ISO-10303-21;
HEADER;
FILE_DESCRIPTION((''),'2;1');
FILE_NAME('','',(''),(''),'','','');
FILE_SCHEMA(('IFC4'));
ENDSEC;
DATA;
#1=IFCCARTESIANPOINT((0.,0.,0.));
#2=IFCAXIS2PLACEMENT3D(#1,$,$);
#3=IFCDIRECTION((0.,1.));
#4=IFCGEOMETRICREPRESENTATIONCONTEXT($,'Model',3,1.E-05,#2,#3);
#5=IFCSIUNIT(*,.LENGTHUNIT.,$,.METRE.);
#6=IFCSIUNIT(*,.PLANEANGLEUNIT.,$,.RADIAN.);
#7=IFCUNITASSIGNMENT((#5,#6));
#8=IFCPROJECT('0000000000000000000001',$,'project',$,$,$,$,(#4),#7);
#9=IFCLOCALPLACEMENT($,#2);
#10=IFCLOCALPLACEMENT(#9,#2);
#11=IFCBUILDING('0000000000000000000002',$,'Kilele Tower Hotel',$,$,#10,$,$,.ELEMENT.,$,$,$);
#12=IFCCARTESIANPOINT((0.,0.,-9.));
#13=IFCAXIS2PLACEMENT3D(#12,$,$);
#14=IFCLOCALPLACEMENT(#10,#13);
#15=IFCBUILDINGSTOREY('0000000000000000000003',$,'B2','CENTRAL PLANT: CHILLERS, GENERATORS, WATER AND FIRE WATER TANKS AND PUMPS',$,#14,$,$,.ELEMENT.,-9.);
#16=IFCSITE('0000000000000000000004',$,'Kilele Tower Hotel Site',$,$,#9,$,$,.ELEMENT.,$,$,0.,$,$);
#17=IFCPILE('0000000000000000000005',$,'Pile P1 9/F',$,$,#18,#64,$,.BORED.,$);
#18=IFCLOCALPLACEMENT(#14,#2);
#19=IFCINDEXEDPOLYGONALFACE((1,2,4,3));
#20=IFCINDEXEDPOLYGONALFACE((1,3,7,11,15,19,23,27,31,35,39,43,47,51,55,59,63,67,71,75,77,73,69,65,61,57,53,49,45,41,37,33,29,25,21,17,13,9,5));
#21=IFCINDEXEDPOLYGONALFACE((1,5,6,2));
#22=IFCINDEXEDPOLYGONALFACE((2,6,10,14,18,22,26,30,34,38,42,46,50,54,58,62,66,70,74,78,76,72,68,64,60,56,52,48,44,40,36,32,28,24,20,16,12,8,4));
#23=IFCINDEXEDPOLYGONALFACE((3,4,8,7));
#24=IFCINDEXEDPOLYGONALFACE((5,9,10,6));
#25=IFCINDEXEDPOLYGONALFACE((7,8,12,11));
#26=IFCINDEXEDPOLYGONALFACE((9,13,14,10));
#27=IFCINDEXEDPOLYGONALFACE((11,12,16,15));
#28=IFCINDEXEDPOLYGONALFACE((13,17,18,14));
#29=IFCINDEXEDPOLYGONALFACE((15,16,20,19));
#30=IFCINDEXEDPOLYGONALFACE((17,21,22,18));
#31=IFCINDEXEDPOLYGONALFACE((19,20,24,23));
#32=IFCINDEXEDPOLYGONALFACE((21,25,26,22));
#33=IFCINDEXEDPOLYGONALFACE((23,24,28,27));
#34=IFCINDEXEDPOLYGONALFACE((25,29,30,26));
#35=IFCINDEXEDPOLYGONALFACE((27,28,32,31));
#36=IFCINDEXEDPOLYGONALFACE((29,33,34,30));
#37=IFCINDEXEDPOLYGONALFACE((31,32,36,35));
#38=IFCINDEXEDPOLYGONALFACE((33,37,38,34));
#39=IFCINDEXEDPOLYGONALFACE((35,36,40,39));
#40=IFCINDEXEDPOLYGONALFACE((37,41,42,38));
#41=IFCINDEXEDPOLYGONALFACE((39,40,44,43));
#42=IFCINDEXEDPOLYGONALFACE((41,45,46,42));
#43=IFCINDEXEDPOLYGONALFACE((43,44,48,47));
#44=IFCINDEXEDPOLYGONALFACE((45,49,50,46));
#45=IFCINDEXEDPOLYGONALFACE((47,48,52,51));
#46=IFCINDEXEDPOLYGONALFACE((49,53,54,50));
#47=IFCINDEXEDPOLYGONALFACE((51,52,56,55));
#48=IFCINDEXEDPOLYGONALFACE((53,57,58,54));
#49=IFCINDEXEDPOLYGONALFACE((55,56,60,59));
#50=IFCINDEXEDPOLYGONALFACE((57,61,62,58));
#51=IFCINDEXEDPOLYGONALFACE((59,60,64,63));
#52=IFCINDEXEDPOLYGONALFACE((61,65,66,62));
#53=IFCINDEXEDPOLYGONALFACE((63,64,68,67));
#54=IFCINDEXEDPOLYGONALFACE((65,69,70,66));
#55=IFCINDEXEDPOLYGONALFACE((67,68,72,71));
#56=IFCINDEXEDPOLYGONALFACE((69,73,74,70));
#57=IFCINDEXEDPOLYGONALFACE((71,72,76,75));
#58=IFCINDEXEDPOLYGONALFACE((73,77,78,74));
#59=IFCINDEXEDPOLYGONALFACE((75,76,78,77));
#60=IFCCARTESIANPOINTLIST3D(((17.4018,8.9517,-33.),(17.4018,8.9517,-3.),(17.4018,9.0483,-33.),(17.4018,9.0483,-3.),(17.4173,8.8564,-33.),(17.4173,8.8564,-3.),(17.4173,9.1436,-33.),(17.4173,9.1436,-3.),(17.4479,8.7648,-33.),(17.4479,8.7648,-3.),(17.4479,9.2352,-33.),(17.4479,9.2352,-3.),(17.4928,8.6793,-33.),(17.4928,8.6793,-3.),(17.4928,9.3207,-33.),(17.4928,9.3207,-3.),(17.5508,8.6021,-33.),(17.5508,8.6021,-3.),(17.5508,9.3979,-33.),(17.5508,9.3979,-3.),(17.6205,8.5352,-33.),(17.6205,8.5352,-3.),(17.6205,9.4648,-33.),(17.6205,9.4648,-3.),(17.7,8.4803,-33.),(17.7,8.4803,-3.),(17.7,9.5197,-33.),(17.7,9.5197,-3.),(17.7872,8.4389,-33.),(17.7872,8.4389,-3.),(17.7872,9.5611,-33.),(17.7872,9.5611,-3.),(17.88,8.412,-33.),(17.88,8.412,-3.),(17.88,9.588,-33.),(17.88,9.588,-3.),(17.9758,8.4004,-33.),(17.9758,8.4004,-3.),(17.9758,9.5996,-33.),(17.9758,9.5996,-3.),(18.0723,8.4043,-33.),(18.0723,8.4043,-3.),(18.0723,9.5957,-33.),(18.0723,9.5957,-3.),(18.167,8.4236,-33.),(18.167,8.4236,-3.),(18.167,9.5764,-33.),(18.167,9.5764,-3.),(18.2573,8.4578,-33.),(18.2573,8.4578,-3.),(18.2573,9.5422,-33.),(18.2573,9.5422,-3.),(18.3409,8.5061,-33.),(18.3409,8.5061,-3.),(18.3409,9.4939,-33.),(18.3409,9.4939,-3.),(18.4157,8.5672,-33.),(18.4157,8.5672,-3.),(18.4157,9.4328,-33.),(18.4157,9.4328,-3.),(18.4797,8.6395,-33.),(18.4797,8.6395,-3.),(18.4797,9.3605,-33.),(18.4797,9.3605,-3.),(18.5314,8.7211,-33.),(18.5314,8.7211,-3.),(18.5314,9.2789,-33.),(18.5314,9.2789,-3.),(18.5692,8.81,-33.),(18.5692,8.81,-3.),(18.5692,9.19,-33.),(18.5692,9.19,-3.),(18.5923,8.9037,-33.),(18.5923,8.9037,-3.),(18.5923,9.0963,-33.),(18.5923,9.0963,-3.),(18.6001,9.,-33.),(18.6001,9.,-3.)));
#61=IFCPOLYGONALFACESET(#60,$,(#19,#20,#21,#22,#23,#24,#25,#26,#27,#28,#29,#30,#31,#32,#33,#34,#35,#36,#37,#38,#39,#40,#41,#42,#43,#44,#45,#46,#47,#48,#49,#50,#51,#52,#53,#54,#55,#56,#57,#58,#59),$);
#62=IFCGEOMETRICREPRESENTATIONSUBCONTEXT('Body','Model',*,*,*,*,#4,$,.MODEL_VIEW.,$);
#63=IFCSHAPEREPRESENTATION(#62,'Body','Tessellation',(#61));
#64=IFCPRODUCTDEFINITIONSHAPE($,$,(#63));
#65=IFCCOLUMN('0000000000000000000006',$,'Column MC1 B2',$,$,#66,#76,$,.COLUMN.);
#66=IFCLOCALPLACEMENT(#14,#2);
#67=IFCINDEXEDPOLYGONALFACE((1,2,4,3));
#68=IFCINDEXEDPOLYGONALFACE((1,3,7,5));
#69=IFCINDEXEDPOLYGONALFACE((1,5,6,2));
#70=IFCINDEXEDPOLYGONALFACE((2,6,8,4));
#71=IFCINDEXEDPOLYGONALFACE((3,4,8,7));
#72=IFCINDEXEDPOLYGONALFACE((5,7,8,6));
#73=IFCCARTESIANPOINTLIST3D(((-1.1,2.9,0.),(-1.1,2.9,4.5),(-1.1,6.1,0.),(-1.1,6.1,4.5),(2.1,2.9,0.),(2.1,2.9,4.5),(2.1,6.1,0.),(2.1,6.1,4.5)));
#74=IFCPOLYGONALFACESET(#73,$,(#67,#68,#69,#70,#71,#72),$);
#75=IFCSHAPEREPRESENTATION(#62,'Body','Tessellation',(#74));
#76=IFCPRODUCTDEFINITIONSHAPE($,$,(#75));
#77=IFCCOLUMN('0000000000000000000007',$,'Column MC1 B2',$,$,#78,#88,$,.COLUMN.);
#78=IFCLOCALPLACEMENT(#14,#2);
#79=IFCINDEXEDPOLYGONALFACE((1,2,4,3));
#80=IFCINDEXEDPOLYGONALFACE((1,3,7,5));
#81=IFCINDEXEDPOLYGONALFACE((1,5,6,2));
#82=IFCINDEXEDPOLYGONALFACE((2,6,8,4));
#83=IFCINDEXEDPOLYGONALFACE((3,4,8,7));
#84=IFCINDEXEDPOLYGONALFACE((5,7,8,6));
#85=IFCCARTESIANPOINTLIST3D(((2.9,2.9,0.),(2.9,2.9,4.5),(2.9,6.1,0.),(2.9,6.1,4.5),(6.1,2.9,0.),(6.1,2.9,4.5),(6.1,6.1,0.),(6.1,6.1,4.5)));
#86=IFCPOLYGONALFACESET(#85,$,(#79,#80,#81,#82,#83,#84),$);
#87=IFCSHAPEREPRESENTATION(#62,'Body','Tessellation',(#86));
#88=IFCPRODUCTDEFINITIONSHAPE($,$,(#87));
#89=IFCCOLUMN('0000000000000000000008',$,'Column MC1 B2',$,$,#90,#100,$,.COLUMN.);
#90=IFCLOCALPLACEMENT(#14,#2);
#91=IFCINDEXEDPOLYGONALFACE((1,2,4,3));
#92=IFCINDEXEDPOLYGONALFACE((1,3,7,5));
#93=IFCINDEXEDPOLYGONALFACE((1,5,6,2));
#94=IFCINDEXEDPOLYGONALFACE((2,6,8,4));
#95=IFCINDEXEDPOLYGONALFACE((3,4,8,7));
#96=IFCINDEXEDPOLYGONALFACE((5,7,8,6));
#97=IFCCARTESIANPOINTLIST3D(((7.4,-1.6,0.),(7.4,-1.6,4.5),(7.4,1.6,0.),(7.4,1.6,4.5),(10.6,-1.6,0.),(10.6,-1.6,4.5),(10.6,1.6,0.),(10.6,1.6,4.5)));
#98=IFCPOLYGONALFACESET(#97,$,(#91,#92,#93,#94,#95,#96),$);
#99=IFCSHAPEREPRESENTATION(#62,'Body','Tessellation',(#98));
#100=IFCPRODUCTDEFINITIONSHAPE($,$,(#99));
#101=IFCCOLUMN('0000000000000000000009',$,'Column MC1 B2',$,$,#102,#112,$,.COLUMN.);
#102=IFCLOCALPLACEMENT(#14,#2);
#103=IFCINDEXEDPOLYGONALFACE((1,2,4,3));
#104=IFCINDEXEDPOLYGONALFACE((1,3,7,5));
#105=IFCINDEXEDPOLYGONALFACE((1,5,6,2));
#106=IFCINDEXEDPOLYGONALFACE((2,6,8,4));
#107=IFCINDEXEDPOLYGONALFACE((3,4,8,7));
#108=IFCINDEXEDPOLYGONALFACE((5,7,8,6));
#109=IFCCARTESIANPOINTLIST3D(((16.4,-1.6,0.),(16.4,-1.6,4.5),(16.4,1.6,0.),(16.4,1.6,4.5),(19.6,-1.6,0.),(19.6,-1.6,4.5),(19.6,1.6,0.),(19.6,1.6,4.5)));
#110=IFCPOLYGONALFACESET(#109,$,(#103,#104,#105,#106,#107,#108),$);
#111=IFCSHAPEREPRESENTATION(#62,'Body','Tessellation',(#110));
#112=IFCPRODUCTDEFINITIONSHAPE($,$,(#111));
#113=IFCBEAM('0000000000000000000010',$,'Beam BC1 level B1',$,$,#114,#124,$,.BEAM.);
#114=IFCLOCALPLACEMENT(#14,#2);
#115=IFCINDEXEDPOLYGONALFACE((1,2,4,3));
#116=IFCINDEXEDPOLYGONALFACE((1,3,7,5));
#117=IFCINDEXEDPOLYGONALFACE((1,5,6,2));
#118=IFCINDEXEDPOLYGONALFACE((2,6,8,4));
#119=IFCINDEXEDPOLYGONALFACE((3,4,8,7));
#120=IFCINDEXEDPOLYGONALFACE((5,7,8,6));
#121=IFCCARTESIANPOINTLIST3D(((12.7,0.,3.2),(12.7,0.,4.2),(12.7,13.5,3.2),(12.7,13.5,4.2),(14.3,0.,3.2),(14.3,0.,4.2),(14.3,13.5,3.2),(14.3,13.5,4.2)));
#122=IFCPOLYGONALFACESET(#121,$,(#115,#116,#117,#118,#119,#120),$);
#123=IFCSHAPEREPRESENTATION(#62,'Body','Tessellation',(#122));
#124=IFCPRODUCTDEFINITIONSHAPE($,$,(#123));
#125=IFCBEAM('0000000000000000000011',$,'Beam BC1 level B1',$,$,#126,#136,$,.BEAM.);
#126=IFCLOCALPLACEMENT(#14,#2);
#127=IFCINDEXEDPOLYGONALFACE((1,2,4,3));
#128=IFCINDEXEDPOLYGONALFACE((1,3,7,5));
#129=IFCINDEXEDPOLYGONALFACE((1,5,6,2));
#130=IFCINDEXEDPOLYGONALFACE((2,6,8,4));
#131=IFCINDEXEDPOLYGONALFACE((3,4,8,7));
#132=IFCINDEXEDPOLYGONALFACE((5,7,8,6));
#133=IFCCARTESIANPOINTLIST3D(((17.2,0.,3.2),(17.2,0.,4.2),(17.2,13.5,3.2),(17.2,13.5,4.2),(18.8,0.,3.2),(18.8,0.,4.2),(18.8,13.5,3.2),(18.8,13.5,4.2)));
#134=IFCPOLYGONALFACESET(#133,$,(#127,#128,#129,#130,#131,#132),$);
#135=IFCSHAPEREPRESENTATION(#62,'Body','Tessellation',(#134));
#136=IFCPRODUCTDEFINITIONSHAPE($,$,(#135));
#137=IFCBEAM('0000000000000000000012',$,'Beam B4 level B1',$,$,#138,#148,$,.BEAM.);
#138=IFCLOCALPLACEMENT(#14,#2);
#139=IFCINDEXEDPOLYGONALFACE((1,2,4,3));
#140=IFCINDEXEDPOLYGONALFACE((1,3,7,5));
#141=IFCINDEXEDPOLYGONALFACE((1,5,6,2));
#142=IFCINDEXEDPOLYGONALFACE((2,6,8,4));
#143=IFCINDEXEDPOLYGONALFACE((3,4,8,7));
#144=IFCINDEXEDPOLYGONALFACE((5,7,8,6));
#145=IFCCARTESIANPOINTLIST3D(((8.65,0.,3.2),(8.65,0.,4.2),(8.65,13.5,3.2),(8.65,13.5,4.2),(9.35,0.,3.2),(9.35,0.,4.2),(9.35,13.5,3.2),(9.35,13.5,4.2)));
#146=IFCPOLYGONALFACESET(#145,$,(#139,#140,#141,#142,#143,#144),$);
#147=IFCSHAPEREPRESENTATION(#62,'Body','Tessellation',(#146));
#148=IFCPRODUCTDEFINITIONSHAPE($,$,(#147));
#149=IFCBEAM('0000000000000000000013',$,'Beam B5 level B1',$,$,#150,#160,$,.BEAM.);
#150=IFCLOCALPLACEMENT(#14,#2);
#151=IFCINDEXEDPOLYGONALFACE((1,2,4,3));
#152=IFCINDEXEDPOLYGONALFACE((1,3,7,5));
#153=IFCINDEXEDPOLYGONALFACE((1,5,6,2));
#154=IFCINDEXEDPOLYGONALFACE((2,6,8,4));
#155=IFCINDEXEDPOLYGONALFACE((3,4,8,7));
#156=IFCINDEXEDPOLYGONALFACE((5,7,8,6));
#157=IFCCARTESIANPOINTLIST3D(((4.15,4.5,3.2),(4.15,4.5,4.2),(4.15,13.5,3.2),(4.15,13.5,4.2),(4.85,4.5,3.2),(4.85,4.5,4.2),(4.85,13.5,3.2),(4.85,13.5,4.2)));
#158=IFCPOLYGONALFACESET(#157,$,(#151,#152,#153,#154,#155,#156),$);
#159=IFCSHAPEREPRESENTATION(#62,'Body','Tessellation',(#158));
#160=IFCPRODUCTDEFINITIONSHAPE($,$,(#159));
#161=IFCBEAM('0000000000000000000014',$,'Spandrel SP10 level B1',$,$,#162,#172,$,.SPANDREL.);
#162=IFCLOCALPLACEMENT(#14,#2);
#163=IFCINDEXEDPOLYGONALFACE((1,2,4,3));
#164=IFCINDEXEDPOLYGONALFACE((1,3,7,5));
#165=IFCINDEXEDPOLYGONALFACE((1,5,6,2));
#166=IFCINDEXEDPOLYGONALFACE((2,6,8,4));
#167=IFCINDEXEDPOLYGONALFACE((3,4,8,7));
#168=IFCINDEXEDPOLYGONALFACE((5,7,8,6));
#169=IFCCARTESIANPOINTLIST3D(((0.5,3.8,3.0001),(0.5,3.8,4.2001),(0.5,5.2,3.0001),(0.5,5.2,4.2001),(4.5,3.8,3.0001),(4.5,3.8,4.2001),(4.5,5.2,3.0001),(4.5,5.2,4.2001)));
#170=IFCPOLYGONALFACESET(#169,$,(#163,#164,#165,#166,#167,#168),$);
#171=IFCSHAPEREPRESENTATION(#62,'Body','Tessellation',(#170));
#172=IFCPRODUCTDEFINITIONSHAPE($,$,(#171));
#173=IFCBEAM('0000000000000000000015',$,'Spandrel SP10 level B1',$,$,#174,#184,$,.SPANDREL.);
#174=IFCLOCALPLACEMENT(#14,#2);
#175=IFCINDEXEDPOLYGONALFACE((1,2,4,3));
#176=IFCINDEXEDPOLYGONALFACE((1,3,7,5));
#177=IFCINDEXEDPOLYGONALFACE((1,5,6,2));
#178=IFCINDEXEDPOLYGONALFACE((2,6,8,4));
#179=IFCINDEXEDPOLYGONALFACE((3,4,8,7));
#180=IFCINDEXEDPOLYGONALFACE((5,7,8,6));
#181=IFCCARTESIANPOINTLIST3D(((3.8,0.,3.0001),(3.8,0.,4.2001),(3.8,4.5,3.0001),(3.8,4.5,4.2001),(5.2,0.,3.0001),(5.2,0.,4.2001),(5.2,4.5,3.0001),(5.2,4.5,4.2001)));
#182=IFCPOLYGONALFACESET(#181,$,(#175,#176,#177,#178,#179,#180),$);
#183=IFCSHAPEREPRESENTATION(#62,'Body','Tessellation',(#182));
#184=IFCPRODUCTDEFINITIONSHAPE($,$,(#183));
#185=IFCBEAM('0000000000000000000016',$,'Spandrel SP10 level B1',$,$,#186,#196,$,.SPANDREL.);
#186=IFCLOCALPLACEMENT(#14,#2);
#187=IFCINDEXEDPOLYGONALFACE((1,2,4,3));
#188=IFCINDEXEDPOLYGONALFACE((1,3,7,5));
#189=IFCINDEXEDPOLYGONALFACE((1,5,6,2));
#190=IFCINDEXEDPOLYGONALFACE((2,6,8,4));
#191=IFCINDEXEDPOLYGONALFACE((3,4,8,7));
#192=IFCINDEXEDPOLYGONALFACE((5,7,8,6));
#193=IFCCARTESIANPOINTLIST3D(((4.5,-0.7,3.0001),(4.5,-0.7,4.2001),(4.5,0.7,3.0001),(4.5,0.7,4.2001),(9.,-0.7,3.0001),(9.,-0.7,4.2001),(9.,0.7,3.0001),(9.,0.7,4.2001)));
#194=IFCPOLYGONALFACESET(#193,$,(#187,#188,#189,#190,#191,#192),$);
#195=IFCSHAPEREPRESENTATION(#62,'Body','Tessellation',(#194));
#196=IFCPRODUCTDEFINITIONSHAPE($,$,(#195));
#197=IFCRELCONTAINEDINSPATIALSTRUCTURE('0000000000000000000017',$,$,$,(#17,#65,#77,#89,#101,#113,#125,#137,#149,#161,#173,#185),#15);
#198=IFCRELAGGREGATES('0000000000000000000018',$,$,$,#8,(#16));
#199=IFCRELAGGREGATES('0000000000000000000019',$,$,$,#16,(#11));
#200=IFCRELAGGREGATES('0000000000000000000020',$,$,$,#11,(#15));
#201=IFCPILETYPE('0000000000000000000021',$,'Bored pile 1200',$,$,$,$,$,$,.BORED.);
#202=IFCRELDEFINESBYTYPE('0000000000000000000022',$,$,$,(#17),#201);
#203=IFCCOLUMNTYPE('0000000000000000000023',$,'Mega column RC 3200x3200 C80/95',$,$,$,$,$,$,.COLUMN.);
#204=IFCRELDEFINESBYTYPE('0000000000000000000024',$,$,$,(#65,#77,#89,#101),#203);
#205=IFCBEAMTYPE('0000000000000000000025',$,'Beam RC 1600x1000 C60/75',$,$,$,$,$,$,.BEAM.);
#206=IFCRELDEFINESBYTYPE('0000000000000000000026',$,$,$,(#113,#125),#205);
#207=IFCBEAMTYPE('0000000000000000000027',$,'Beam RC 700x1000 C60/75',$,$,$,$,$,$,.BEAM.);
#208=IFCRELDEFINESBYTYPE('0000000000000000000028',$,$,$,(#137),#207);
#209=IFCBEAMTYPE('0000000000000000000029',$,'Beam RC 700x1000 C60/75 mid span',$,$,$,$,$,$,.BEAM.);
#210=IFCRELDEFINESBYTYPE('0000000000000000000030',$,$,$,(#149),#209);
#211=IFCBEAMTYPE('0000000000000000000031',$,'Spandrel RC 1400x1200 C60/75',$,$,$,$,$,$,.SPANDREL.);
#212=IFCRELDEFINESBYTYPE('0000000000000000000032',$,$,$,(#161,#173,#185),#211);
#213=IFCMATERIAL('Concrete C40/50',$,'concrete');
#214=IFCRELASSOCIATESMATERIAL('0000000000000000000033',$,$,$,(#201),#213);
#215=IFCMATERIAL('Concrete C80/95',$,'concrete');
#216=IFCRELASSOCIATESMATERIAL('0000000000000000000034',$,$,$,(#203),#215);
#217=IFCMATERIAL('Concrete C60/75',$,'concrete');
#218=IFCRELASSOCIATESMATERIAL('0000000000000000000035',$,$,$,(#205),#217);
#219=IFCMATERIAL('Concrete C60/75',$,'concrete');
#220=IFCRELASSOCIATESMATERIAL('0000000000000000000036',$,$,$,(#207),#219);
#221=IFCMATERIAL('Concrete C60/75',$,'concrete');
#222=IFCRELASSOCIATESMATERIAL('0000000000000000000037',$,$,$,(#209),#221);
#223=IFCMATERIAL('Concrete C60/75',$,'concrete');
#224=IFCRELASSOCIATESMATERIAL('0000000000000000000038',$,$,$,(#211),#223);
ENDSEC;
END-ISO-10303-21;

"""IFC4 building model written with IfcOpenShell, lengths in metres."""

from ifc_helpers import new_model, si_unit, direction, frame, origin, origin_2d, place, context, subcontext, project, spatial, rectangle, circle, extrude, material, material_profile, profile_set, type_object, element, save


model = new_model("IFC4")

# Units and contexts
model_context = context("Model", 3, precision=1e-05, world=origin(), true_north=direction((0.0, 1.0)))
body_context = subcontext(model_context, "Body", "Model", "MODEL_VIEW")
ifc_project = project(units=[si_unit("LENGTHUNIT", "METRE"), si_unit("PLANEANGLEUNIT", "RADIAN")], contexts=[model_context])

# Site, building, storey
site_placement = place(None, origin())
site = spatial("IfcSite", under=ifc_project, at=site_placement, Name="Kilele Tower Hotel Site", CompositionType="ELEMENT", RefElevation=0.0)
building_placement = place(site_placement, origin())
building = spatial("IfcBuilding", under=site, at=building_placement, Name="Kilele Tower Hotel", CompositionType="ELEMENT")
storey_placement = place(building_placement, frame((0.0, 0.0, -9.0)))
storey = spatial("IfcBuildingStorey", under=building, at=storey_placement, Name="B2", Description="CENTRAL PLANT: CHILLERS, GENERATORS, WATER AND FIRE WATER TANKS AND PUMPS", CompositionType="ELEMENT", Elevation=-9.0)

# Pile
ifc_material_1 = material(Name="Concrete C40/50", Category="concrete")
ifc_material_profile_1 = material_profile(ifc_material_1, circle(Radius=0.6001, at=origin_2d()))
ifc_profile_set_1 = profile_set([ifc_material_profile_1], Name="Concrete C40/50")
pile_type = type_object("IfcPileType", Name="Bored pile 1200", PredefinedType="BORED", material=ifc_profile_set_1)
for number, where, z_axis, x_axis, name in (
    (1, (18.0, 9.0, -3.0), (0.0, 0.0, -1.0), (1.0, 0.0, 0.0), "Pile P1 9/F"),
):
    element("IfcPile", number, at=place(storey_placement, frame(where, z_axis=z_axis, x_axis=x_axis)), inside=storey, type_object=pile_type, Name=name, PredefinedType="BORED", context=body_context, shape_type="SweptSolid", body=[
        extrude(circle(Radius=0.6001, at=origin_2d()), origin(), (0.0, 0.0, 1.0), 30.0),
    ])

# Columns
ifc_material_2 = material(Name="Concrete C80/95", Category="concrete")
ifc_material_profile_2 = material_profile(ifc_material_2, rectangle(XDim=3.2, YDim=3.2, at=origin_2d()))
ifc_profile_set_2 = profile_set([ifc_material_profile_2], Name="Concrete C80/95")
column_type = type_object("IfcColumnType", Name="Mega column RC 3200x3200 C80/95", PredefinedType="COLUMN", material=ifc_profile_set_2)
for number, where, z_axis, x_axis, name in (
    (2, (0.5, 4.5, 0.0), (0.0, 0.0, 1.0), (1.0, 0.0, 0.0), "Column MC1 B2"),
    (3, (4.5, 4.5, 0.0), (0.0, 0.0, 1.0), (1.0, 0.0, 0.0), "Column MC1 B2"),
    (4, (9.0, 0.0, 0.0), (0.0, 0.0, 1.0), (1.0, 0.0, 0.0), "Column MC1 B2"),
    (5, (18.0, 0.0, 0.0), (0.0, 0.0, 1.0), (1.0, 0.0, 0.0), "Column MC1 B2"),
):
    element("IfcColumn", number, at=place(storey_placement, frame(where, z_axis=z_axis, x_axis=x_axis)), inside=storey, type_object=column_type, Name=name, PredefinedType="COLUMN", context=body_context, shape_type="SweptSolid", body=[
        extrude(rectangle(XDim=3.2, YDim=3.2, at=origin_2d()), origin(), (0.0, 0.0, 1.0), 4.5),
    ])

# Beams
ifc_material_3 = material(Name="Concrete C60/75", Category="concrete")
ifc_material_profile_3 = material_profile(ifc_material_3, rectangle(XDim=1.6001, YDim=1.0, at=origin_2d()))
ifc_profile_set_3 = profile_set([ifc_material_profile_3], Name="Concrete C60/75")
beam_type_1 = type_object("IfcBeamType", Name="Beam RC 1600x1000 C60/75", PredefinedType="BEAM", material=ifc_profile_set_3)
for number, where, z_axis, x_axis, name in (
    (6, (13.5, 0.0, 3.7), (0.0, 1.0, 0.0), (-1.0, 0.0, 0.0), "Beam BC1 level B1"),
    (7, (18.0, 0.0, 3.7), (0.0, 1.0, 0.0), (-1.0, 0.0, 0.0), "Beam BC1 level B1"),
):
    element("IfcBeam", number, at=place(storey_placement, frame(where, z_axis=z_axis, x_axis=x_axis)), inside=storey, type_object=beam_type_1, Name=name, PredefinedType="BEAM", context=body_context, shape_type="SweptSolid", body=[
        extrude(rectangle(XDim=1.6001, YDim=1.0, at=origin_2d()), origin(), (0.0, 0.0, 1.0), 13.5),
    ])
ifc_material_4 = material(Name="Concrete C60/75", Category="concrete")
ifc_material_profile_4 = material_profile(ifc_material_4, rectangle(XDim=0.7, YDim=1.0, at=origin_2d()))
ifc_profile_set_4 = profile_set([ifc_material_profile_4], Name="Concrete C60/75")
beam_type_2 = type_object("IfcBeamType", Name="Beam RC 700x1000 C60/75", PredefinedType="BEAM", material=ifc_profile_set_4)
beam_1_placement = place(storey_placement, frame((9.0, 0.0, 3.7), z_axis=(0.0, 1.0, 0.0), x_axis=(-1.0, 0.0, 0.0)))
element("IfcBeam", 8, at=beam_1_placement, inside=storey, type_object=beam_type_2, Name="Beam B4 level B1", PredefinedType="BEAM", context=body_context, shape_type="SweptSolid", body=[
    extrude(rectangle(XDim=0.7, YDim=1.0, at=origin_2d()), origin(), (0.0, 0.0, 1.0), 13.5),
])
ifc_material_5 = material(Name="Concrete C60/75", Category="concrete")
ifc_material_profile_5 = material_profile(ifc_material_5, rectangle(XDim=0.7, YDim=1.0, at=origin_2d()))
ifc_profile_set_5 = profile_set([ifc_material_profile_5], Name="Concrete C60/75")
beam_type_3 = type_object("IfcBeamType", Name="Beam RC 700x1000 C60/75 mid span", PredefinedType="BEAM", material=ifc_profile_set_5)
beam_2_placement = place(storey_placement, frame((4.5, 4.5, 3.7), z_axis=(0.0, 1.0, 0.0), x_axis=(-1.0, 0.0, 0.0)))
element("IfcBeam", 9, at=beam_2_placement, inside=storey, type_object=beam_type_3, Name="Beam B5 level B1", PredefinedType="BEAM", context=body_context, shape_type="SweptSolid", body=[
    extrude(rectangle(XDim=0.7, YDim=1.0, at=origin_2d()), origin(), (0.0, 0.0, 1.0), 9.0),
])
ifc_material_6 = material(Name="Concrete C60/75", Category="concrete")
ifc_material_profile_6 = material_profile(ifc_material_6, rectangle(XDim=1.3999, YDim=1.2, at=origin_2d()))
ifc_profile_set_6 = profile_set([ifc_material_profile_6], Name="Concrete C60/75")
beam_type_4 = type_object("IfcBeamType", Name="Spandrel RC 1400x1200 C60/75", PredefinedType="SPANDREL", material=ifc_profile_set_6)
beam_3_placement = place(storey_placement, frame((0.5, 4.5, 3.6001), z_axis=(1.0, 0.0, 0.0), x_axis=(0.0, 1.0, 0.0)))
element("IfcBeam", 10, at=beam_3_placement, inside=storey, type_object=beam_type_4, Name="Spandrel SP10 level B1", PredefinedType="SPANDREL", context=body_context, shape_type="SweptSolid", body=[
    extrude(rectangle(XDim=1.3999, YDim=1.2, at=origin_2d()), origin(), (0.0, 0.0, 1.0), 4.0),
])
for number, where, z_axis, x_axis, name in (
    (11, (4.5, 4.5, 3.6001), (0.0, -1.0, 0.0), (1.0, 0.0, 0.0), "Spandrel SP10 level B1"),
    (12, (4.5, 0.0, 3.6001), (1.0, 0.0, 0.0), (0.0, 1.0, 0.0), "Spandrel SP10 level B1"),
):
    element("IfcBeam", number, at=place(storey_placement, frame(where, z_axis=z_axis, x_axis=x_axis)), inside=storey, type_object=beam_type_4, Name=name, PredefinedType="SPANDREL", context=body_context, shape_type="SweptSolid", body=[
        extrude(rectangle(XDim=1.3999, YDim=1.2, at=origin_2d()), origin(), (0.0, 0.0, 1.0), 4.5),
    ])

save(model, "model.ifc")
